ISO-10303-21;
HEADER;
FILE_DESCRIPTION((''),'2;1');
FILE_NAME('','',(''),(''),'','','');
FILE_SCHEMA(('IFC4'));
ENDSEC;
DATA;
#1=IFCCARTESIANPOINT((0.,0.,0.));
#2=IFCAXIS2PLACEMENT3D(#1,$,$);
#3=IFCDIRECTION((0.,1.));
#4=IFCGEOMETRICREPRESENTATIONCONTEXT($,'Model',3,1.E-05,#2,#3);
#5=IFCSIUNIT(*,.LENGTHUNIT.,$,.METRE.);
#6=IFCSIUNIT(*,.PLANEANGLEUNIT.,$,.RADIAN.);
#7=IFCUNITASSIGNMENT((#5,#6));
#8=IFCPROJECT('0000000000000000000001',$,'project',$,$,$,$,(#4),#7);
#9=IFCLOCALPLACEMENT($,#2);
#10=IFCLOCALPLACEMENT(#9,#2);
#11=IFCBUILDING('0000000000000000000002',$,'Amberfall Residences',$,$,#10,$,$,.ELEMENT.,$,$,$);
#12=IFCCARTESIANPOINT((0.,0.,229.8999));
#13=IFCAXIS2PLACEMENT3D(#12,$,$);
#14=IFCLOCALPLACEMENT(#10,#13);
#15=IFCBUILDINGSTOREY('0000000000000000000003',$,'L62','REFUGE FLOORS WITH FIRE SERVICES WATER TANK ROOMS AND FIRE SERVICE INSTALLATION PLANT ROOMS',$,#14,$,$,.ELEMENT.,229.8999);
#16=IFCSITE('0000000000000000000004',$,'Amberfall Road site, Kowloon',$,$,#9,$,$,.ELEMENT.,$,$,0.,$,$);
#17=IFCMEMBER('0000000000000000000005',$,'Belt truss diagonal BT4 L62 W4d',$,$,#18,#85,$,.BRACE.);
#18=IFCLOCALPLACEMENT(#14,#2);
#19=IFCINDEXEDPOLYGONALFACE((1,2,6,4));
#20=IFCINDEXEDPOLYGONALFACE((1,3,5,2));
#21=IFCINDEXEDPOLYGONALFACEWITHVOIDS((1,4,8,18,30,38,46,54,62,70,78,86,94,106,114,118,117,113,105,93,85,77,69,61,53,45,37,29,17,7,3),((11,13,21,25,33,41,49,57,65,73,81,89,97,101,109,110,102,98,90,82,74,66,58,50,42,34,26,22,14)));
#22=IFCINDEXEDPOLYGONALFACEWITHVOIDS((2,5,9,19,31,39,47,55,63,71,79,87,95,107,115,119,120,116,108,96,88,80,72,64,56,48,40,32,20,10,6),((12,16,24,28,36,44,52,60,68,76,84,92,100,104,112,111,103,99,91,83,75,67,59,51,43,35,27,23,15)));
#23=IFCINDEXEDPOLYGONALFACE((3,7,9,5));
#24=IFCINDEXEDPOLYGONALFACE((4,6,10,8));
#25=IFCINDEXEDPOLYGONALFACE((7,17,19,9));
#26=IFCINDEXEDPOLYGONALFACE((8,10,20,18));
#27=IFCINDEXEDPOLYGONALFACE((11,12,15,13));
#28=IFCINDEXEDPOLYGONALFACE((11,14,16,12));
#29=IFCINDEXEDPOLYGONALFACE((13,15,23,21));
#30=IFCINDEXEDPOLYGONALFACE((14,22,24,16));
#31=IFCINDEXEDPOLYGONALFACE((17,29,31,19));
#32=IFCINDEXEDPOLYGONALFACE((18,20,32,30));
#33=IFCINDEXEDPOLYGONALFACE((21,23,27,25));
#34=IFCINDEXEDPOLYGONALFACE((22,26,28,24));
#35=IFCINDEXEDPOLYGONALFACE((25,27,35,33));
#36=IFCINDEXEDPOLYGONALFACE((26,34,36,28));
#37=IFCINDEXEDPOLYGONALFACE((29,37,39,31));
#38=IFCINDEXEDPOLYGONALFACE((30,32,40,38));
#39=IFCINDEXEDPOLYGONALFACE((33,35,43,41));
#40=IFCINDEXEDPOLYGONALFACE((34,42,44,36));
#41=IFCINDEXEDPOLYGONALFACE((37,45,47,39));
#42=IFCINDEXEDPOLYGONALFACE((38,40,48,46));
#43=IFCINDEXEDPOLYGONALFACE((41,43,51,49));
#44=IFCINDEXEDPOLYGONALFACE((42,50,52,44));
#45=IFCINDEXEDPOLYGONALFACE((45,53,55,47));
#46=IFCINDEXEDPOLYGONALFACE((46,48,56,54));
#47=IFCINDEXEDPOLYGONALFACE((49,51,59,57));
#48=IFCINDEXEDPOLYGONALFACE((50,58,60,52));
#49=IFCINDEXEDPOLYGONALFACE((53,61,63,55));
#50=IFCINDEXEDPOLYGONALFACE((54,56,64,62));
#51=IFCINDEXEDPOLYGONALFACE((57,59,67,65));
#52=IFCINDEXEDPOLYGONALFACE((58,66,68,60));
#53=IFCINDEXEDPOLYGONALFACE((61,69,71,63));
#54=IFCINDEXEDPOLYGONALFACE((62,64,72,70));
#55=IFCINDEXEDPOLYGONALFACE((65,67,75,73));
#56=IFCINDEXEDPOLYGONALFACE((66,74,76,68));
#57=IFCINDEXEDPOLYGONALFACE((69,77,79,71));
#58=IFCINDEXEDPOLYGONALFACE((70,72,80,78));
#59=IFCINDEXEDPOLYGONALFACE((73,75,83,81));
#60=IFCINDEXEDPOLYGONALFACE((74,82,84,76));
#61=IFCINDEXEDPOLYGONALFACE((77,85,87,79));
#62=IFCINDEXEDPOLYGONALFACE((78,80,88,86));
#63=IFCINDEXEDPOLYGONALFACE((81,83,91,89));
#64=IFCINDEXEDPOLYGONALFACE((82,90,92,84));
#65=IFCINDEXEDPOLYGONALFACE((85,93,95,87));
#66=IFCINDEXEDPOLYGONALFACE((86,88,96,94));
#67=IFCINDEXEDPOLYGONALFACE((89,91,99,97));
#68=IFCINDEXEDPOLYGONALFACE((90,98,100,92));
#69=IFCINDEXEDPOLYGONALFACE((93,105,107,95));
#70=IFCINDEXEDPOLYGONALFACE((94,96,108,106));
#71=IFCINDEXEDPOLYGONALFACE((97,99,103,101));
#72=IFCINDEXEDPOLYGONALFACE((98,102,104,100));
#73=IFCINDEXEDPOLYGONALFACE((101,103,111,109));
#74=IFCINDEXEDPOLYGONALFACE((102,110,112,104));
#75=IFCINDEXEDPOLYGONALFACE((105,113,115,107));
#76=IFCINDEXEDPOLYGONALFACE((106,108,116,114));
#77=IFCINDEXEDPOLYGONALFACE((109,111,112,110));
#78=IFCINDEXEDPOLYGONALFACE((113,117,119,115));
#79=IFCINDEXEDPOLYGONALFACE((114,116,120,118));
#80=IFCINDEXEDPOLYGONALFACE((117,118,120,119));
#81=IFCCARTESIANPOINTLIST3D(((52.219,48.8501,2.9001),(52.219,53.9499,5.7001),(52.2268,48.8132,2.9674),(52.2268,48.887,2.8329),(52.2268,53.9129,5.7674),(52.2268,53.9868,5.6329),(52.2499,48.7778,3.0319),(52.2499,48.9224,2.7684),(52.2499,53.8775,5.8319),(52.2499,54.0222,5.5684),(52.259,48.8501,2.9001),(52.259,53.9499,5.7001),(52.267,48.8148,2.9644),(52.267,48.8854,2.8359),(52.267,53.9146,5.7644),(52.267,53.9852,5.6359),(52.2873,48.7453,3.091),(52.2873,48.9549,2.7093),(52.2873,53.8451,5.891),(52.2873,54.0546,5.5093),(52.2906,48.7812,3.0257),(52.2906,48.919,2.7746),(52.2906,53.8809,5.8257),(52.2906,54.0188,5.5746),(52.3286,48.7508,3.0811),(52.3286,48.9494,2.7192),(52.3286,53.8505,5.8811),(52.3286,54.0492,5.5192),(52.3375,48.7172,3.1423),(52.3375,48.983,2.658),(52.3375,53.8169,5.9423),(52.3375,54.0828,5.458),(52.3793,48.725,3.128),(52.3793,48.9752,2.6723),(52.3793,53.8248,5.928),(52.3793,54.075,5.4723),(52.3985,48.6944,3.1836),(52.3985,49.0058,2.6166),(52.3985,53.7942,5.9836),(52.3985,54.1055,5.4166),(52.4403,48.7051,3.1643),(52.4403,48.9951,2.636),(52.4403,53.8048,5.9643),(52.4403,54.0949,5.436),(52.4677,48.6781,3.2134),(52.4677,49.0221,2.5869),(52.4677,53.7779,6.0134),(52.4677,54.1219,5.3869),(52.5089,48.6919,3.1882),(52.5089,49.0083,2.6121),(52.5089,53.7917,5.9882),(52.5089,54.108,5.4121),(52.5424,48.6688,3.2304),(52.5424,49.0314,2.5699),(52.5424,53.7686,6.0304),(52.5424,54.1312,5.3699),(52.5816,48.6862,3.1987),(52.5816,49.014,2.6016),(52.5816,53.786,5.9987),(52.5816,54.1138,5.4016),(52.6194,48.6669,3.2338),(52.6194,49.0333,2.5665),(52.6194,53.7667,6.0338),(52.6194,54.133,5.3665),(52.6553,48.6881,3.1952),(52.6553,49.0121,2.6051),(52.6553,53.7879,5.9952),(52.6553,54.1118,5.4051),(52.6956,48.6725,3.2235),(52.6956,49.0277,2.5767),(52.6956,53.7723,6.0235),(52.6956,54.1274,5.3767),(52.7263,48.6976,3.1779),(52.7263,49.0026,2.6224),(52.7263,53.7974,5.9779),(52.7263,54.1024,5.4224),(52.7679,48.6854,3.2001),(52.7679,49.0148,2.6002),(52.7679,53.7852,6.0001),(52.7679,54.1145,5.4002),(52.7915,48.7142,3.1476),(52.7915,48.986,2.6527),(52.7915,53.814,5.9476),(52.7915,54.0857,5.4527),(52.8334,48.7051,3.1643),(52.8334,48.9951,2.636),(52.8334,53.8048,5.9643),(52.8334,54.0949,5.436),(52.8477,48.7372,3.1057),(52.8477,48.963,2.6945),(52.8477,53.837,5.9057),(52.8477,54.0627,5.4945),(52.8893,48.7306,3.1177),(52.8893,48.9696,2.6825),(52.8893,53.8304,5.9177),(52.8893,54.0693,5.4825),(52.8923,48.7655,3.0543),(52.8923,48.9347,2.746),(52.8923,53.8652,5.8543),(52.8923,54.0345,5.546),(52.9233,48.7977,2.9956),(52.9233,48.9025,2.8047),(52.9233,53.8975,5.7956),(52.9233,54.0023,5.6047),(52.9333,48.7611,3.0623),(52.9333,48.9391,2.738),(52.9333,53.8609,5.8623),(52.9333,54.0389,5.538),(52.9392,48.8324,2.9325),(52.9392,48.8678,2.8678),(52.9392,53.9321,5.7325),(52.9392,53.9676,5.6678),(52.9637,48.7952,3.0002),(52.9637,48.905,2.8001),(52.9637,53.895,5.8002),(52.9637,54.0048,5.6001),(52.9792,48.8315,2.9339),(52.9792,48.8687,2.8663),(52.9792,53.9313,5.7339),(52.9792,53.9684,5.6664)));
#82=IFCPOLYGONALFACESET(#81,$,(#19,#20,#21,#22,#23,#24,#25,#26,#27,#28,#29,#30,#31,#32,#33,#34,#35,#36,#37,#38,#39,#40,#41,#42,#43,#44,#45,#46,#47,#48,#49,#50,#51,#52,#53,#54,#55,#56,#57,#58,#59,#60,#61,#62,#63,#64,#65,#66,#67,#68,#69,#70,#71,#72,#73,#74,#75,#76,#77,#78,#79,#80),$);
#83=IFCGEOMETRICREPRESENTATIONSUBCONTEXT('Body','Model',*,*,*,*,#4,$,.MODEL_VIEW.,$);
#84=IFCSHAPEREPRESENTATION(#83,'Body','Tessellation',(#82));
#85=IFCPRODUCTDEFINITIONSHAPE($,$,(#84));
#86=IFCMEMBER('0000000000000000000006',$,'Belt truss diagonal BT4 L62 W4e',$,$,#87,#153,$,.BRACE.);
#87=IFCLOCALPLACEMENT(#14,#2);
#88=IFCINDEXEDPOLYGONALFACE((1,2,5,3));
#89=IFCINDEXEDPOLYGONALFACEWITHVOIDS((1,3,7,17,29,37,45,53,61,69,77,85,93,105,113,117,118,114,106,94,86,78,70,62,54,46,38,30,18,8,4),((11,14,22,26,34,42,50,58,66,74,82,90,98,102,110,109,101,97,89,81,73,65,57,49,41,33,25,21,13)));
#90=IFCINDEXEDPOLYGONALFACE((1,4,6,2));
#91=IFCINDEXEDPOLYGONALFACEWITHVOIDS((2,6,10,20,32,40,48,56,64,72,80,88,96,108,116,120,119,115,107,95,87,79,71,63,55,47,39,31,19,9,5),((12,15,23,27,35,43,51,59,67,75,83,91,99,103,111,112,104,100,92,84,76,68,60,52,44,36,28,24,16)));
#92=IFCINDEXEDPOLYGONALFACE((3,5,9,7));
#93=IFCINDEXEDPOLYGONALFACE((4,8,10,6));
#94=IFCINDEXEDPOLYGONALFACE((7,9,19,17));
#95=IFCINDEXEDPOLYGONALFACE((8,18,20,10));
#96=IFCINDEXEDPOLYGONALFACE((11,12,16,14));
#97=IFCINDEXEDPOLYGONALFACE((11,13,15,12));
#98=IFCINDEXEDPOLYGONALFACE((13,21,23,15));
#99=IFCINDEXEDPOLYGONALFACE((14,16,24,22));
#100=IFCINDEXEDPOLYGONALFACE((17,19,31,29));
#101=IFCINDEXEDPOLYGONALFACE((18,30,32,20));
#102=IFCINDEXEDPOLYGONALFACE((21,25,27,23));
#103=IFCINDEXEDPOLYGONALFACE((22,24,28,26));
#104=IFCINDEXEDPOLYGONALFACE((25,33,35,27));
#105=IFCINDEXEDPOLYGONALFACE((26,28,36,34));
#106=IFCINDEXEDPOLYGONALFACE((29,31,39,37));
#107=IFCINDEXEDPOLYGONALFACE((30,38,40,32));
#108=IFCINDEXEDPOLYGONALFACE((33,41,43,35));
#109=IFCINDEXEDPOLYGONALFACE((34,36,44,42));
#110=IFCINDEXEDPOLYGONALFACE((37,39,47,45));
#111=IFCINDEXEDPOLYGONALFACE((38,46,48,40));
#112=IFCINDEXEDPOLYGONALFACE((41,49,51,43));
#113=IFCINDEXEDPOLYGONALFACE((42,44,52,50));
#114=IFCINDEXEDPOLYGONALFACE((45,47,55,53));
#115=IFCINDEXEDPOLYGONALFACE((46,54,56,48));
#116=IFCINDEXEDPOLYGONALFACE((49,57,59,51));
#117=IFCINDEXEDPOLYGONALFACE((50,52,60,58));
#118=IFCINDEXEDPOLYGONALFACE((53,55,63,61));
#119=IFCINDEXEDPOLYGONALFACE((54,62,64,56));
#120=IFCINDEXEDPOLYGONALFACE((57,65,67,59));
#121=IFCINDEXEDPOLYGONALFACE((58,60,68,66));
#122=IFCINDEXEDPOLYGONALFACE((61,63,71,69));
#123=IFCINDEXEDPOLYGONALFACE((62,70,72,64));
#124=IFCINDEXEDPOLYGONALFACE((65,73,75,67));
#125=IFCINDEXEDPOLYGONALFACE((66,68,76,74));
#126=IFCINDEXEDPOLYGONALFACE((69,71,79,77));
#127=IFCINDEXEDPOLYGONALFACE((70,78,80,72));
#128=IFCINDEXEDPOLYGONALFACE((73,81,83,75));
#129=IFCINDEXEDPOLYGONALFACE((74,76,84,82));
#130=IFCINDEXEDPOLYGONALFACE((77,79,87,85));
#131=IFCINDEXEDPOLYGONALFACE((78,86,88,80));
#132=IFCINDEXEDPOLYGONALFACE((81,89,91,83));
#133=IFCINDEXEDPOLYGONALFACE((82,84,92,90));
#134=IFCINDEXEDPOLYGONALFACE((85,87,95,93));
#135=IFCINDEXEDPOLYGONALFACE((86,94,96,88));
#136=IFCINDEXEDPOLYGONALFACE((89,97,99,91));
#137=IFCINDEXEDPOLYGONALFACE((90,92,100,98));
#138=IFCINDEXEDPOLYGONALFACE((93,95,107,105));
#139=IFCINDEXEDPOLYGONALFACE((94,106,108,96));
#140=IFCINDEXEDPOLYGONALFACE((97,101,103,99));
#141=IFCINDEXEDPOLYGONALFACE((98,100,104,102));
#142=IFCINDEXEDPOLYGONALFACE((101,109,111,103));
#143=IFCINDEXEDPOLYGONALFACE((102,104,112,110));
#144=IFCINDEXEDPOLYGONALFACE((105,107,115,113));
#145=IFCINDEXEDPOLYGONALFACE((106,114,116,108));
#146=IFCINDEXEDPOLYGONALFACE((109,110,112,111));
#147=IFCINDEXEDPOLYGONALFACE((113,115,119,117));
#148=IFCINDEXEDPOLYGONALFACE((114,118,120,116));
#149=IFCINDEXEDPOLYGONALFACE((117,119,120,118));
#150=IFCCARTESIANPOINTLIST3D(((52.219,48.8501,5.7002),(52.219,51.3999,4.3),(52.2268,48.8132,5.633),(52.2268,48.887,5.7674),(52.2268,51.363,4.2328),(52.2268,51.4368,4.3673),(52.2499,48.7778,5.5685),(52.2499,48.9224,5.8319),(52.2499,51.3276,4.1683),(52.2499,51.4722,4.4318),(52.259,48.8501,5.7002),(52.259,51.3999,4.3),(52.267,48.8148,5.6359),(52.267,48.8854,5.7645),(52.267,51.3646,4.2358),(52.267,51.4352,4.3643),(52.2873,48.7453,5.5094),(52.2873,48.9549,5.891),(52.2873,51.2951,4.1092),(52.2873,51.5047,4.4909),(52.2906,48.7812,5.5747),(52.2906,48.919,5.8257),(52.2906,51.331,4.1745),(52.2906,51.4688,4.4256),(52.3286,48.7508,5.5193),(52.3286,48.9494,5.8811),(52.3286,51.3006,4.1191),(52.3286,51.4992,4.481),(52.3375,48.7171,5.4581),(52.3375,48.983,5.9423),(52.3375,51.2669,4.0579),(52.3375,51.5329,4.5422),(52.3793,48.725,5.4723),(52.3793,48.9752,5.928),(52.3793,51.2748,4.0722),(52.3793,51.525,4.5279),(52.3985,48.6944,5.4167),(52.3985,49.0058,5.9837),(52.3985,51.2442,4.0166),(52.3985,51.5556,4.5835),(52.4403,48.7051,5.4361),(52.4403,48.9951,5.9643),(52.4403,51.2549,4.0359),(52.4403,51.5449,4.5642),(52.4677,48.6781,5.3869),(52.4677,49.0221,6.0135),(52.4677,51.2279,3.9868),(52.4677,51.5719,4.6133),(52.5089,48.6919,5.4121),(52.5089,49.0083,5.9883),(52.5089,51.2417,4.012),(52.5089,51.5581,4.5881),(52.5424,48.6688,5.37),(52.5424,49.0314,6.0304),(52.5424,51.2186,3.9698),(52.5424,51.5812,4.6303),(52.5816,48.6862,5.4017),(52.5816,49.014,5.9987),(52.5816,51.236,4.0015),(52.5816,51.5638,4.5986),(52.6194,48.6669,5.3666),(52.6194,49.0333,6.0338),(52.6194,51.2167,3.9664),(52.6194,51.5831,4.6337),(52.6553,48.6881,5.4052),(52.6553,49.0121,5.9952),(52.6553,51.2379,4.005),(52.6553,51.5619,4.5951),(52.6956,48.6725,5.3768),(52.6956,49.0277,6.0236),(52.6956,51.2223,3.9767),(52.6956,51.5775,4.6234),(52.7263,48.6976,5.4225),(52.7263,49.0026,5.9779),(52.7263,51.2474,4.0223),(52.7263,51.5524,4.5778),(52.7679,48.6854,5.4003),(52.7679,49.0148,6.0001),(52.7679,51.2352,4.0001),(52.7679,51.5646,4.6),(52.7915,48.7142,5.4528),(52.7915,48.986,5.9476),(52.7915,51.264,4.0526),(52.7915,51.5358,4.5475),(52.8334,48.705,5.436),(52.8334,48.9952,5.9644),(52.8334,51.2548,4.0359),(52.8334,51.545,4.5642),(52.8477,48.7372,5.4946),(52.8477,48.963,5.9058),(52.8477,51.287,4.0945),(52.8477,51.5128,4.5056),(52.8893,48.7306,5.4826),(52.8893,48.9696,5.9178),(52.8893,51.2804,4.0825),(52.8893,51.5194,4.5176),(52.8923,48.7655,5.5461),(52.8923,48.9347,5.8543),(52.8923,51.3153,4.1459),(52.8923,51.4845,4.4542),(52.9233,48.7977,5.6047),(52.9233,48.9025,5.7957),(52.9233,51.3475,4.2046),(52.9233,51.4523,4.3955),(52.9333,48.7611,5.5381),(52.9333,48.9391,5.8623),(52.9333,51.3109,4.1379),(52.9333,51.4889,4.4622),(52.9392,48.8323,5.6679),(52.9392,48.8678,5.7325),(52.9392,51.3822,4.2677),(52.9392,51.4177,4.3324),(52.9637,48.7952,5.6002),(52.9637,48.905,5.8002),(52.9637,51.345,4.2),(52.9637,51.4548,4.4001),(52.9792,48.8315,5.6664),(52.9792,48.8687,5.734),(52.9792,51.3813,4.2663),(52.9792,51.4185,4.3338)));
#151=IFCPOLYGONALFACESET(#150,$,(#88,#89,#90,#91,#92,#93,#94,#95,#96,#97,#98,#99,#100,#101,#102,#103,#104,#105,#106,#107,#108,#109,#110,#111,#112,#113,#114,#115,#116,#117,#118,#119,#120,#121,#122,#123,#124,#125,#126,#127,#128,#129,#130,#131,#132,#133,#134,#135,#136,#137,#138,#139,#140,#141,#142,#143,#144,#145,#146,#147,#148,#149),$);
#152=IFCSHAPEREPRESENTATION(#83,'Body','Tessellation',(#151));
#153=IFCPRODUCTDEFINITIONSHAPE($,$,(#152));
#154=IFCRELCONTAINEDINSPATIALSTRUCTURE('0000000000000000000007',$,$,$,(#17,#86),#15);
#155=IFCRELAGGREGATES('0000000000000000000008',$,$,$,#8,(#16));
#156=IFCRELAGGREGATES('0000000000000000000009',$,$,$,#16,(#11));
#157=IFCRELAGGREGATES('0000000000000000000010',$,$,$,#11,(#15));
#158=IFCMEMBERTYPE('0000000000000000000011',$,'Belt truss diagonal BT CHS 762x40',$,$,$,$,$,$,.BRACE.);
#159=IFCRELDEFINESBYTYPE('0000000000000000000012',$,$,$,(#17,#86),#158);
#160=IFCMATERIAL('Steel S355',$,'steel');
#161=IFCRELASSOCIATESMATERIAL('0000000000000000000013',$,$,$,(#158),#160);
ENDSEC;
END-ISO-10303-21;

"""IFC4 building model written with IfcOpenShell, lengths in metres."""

from ifc_helpers import new_model, si_unit, direction, frame, origin, origin_2d, place, context, subcontext, project, spatial, hollow_circle, extrude, material, material_profile, profile_set, type_object, element, save


model = new_model("IFC4")

# Units and contexts
model_context = context("Model", 3, precision=1e-05, world=origin(), true_north=direction((0.0, 1.0)))
body_context = subcontext(model_context, "Body", "Model", "MODEL_VIEW")
ifc_project = project(units=[si_unit("LENGTHUNIT", "METRE"), si_unit("PLANEANGLEUNIT", "RADIAN")], contexts=[model_context])

# Site, building, storey
site_placement = place(None, origin())
site = spatial("IfcSite", under=ifc_project, at=site_placement, Name="Amberfall Road site, Kowloon", CompositionType="ELEMENT", RefElevation=0.0)
building_placement = place(site_placement, origin())
building = spatial("IfcBuilding", under=site, at=building_placement, Name="Amberfall Residences", CompositionType="ELEMENT")
storey_placement = place(building_placement, frame((0.0, 0.0, 229.8999)))
storey = spatial("IfcBuildingStorey", under=building, at=storey_placement, Name="L62", Description="REFUGE FLOORS WITH FIRE SERVICES WATER TANK ROOMS AND FIRE SERVICE INSTALLATION PLANT ROOMS", CompositionType="ELEMENT", Elevation=229.8999)

# Shared definitions
ifc_material_1 = material(Name="Steel S355", Category="steel")

# Members
ifc_material_profile_1 = material_profile(ifc_material_1, hollow_circle(Radius=0.3811, WallThickness=0.04, at=origin_2d()), Name="CHS 762x40")
ifc_profile_set_1 = profile_set([ifc_material_profile_1], Name="Steel S355")
member_type_1 = type_object("IfcMemberType", Name="Belt truss diagonal BT CHS 762x40", PredefinedType="BRACE", material=ifc_profile_set_1)
member_1_placement = place(storey_placement, frame((52.6001, 48.8501, 2.9001), z_axis=(0.0, 0.876569, 0.481276), x_axis=(-1.0, 0.0, 0.0)))
element("IfcMember", 1, at=member_1_placement, inside=storey, type_object=member_type_1, Name="Belt truss diagonal BT4 L62 W4d", PredefinedType="BRACE", context=body_context, shape_type="SweptSolid", body=[
    extrude(hollow_circle(Radius=0.3811, WallThickness=0.04, at=origin_2d()), origin(), (0.0, 0.0, 1.0), 5.8179),
])
for number, where, z_axis, x_axis, name in (
    (2, (52.6001, 48.8501, 5.7002), (0.0, 0.876542, -0.481326), (-1.0, 0.0, 0.0), "Belt truss diagonal BT4 L62 W4e"),
):
    element("IfcMember", number, at=place(storey_placement, frame(where, z_axis=z_axis, x_axis=x_axis)), inside=storey, type_object=member_type_1, Name=name, PredefinedType="BRACE", context=body_context, shape_type="SweptSolid", body=[
        extrude(hollow_circle(Radius=0.3811, WallThickness=0.04, at=origin_2d()), origin(), (0.0, 0.0, 1.0), 2.9089),
    ])

save(model, "model.ifc")
